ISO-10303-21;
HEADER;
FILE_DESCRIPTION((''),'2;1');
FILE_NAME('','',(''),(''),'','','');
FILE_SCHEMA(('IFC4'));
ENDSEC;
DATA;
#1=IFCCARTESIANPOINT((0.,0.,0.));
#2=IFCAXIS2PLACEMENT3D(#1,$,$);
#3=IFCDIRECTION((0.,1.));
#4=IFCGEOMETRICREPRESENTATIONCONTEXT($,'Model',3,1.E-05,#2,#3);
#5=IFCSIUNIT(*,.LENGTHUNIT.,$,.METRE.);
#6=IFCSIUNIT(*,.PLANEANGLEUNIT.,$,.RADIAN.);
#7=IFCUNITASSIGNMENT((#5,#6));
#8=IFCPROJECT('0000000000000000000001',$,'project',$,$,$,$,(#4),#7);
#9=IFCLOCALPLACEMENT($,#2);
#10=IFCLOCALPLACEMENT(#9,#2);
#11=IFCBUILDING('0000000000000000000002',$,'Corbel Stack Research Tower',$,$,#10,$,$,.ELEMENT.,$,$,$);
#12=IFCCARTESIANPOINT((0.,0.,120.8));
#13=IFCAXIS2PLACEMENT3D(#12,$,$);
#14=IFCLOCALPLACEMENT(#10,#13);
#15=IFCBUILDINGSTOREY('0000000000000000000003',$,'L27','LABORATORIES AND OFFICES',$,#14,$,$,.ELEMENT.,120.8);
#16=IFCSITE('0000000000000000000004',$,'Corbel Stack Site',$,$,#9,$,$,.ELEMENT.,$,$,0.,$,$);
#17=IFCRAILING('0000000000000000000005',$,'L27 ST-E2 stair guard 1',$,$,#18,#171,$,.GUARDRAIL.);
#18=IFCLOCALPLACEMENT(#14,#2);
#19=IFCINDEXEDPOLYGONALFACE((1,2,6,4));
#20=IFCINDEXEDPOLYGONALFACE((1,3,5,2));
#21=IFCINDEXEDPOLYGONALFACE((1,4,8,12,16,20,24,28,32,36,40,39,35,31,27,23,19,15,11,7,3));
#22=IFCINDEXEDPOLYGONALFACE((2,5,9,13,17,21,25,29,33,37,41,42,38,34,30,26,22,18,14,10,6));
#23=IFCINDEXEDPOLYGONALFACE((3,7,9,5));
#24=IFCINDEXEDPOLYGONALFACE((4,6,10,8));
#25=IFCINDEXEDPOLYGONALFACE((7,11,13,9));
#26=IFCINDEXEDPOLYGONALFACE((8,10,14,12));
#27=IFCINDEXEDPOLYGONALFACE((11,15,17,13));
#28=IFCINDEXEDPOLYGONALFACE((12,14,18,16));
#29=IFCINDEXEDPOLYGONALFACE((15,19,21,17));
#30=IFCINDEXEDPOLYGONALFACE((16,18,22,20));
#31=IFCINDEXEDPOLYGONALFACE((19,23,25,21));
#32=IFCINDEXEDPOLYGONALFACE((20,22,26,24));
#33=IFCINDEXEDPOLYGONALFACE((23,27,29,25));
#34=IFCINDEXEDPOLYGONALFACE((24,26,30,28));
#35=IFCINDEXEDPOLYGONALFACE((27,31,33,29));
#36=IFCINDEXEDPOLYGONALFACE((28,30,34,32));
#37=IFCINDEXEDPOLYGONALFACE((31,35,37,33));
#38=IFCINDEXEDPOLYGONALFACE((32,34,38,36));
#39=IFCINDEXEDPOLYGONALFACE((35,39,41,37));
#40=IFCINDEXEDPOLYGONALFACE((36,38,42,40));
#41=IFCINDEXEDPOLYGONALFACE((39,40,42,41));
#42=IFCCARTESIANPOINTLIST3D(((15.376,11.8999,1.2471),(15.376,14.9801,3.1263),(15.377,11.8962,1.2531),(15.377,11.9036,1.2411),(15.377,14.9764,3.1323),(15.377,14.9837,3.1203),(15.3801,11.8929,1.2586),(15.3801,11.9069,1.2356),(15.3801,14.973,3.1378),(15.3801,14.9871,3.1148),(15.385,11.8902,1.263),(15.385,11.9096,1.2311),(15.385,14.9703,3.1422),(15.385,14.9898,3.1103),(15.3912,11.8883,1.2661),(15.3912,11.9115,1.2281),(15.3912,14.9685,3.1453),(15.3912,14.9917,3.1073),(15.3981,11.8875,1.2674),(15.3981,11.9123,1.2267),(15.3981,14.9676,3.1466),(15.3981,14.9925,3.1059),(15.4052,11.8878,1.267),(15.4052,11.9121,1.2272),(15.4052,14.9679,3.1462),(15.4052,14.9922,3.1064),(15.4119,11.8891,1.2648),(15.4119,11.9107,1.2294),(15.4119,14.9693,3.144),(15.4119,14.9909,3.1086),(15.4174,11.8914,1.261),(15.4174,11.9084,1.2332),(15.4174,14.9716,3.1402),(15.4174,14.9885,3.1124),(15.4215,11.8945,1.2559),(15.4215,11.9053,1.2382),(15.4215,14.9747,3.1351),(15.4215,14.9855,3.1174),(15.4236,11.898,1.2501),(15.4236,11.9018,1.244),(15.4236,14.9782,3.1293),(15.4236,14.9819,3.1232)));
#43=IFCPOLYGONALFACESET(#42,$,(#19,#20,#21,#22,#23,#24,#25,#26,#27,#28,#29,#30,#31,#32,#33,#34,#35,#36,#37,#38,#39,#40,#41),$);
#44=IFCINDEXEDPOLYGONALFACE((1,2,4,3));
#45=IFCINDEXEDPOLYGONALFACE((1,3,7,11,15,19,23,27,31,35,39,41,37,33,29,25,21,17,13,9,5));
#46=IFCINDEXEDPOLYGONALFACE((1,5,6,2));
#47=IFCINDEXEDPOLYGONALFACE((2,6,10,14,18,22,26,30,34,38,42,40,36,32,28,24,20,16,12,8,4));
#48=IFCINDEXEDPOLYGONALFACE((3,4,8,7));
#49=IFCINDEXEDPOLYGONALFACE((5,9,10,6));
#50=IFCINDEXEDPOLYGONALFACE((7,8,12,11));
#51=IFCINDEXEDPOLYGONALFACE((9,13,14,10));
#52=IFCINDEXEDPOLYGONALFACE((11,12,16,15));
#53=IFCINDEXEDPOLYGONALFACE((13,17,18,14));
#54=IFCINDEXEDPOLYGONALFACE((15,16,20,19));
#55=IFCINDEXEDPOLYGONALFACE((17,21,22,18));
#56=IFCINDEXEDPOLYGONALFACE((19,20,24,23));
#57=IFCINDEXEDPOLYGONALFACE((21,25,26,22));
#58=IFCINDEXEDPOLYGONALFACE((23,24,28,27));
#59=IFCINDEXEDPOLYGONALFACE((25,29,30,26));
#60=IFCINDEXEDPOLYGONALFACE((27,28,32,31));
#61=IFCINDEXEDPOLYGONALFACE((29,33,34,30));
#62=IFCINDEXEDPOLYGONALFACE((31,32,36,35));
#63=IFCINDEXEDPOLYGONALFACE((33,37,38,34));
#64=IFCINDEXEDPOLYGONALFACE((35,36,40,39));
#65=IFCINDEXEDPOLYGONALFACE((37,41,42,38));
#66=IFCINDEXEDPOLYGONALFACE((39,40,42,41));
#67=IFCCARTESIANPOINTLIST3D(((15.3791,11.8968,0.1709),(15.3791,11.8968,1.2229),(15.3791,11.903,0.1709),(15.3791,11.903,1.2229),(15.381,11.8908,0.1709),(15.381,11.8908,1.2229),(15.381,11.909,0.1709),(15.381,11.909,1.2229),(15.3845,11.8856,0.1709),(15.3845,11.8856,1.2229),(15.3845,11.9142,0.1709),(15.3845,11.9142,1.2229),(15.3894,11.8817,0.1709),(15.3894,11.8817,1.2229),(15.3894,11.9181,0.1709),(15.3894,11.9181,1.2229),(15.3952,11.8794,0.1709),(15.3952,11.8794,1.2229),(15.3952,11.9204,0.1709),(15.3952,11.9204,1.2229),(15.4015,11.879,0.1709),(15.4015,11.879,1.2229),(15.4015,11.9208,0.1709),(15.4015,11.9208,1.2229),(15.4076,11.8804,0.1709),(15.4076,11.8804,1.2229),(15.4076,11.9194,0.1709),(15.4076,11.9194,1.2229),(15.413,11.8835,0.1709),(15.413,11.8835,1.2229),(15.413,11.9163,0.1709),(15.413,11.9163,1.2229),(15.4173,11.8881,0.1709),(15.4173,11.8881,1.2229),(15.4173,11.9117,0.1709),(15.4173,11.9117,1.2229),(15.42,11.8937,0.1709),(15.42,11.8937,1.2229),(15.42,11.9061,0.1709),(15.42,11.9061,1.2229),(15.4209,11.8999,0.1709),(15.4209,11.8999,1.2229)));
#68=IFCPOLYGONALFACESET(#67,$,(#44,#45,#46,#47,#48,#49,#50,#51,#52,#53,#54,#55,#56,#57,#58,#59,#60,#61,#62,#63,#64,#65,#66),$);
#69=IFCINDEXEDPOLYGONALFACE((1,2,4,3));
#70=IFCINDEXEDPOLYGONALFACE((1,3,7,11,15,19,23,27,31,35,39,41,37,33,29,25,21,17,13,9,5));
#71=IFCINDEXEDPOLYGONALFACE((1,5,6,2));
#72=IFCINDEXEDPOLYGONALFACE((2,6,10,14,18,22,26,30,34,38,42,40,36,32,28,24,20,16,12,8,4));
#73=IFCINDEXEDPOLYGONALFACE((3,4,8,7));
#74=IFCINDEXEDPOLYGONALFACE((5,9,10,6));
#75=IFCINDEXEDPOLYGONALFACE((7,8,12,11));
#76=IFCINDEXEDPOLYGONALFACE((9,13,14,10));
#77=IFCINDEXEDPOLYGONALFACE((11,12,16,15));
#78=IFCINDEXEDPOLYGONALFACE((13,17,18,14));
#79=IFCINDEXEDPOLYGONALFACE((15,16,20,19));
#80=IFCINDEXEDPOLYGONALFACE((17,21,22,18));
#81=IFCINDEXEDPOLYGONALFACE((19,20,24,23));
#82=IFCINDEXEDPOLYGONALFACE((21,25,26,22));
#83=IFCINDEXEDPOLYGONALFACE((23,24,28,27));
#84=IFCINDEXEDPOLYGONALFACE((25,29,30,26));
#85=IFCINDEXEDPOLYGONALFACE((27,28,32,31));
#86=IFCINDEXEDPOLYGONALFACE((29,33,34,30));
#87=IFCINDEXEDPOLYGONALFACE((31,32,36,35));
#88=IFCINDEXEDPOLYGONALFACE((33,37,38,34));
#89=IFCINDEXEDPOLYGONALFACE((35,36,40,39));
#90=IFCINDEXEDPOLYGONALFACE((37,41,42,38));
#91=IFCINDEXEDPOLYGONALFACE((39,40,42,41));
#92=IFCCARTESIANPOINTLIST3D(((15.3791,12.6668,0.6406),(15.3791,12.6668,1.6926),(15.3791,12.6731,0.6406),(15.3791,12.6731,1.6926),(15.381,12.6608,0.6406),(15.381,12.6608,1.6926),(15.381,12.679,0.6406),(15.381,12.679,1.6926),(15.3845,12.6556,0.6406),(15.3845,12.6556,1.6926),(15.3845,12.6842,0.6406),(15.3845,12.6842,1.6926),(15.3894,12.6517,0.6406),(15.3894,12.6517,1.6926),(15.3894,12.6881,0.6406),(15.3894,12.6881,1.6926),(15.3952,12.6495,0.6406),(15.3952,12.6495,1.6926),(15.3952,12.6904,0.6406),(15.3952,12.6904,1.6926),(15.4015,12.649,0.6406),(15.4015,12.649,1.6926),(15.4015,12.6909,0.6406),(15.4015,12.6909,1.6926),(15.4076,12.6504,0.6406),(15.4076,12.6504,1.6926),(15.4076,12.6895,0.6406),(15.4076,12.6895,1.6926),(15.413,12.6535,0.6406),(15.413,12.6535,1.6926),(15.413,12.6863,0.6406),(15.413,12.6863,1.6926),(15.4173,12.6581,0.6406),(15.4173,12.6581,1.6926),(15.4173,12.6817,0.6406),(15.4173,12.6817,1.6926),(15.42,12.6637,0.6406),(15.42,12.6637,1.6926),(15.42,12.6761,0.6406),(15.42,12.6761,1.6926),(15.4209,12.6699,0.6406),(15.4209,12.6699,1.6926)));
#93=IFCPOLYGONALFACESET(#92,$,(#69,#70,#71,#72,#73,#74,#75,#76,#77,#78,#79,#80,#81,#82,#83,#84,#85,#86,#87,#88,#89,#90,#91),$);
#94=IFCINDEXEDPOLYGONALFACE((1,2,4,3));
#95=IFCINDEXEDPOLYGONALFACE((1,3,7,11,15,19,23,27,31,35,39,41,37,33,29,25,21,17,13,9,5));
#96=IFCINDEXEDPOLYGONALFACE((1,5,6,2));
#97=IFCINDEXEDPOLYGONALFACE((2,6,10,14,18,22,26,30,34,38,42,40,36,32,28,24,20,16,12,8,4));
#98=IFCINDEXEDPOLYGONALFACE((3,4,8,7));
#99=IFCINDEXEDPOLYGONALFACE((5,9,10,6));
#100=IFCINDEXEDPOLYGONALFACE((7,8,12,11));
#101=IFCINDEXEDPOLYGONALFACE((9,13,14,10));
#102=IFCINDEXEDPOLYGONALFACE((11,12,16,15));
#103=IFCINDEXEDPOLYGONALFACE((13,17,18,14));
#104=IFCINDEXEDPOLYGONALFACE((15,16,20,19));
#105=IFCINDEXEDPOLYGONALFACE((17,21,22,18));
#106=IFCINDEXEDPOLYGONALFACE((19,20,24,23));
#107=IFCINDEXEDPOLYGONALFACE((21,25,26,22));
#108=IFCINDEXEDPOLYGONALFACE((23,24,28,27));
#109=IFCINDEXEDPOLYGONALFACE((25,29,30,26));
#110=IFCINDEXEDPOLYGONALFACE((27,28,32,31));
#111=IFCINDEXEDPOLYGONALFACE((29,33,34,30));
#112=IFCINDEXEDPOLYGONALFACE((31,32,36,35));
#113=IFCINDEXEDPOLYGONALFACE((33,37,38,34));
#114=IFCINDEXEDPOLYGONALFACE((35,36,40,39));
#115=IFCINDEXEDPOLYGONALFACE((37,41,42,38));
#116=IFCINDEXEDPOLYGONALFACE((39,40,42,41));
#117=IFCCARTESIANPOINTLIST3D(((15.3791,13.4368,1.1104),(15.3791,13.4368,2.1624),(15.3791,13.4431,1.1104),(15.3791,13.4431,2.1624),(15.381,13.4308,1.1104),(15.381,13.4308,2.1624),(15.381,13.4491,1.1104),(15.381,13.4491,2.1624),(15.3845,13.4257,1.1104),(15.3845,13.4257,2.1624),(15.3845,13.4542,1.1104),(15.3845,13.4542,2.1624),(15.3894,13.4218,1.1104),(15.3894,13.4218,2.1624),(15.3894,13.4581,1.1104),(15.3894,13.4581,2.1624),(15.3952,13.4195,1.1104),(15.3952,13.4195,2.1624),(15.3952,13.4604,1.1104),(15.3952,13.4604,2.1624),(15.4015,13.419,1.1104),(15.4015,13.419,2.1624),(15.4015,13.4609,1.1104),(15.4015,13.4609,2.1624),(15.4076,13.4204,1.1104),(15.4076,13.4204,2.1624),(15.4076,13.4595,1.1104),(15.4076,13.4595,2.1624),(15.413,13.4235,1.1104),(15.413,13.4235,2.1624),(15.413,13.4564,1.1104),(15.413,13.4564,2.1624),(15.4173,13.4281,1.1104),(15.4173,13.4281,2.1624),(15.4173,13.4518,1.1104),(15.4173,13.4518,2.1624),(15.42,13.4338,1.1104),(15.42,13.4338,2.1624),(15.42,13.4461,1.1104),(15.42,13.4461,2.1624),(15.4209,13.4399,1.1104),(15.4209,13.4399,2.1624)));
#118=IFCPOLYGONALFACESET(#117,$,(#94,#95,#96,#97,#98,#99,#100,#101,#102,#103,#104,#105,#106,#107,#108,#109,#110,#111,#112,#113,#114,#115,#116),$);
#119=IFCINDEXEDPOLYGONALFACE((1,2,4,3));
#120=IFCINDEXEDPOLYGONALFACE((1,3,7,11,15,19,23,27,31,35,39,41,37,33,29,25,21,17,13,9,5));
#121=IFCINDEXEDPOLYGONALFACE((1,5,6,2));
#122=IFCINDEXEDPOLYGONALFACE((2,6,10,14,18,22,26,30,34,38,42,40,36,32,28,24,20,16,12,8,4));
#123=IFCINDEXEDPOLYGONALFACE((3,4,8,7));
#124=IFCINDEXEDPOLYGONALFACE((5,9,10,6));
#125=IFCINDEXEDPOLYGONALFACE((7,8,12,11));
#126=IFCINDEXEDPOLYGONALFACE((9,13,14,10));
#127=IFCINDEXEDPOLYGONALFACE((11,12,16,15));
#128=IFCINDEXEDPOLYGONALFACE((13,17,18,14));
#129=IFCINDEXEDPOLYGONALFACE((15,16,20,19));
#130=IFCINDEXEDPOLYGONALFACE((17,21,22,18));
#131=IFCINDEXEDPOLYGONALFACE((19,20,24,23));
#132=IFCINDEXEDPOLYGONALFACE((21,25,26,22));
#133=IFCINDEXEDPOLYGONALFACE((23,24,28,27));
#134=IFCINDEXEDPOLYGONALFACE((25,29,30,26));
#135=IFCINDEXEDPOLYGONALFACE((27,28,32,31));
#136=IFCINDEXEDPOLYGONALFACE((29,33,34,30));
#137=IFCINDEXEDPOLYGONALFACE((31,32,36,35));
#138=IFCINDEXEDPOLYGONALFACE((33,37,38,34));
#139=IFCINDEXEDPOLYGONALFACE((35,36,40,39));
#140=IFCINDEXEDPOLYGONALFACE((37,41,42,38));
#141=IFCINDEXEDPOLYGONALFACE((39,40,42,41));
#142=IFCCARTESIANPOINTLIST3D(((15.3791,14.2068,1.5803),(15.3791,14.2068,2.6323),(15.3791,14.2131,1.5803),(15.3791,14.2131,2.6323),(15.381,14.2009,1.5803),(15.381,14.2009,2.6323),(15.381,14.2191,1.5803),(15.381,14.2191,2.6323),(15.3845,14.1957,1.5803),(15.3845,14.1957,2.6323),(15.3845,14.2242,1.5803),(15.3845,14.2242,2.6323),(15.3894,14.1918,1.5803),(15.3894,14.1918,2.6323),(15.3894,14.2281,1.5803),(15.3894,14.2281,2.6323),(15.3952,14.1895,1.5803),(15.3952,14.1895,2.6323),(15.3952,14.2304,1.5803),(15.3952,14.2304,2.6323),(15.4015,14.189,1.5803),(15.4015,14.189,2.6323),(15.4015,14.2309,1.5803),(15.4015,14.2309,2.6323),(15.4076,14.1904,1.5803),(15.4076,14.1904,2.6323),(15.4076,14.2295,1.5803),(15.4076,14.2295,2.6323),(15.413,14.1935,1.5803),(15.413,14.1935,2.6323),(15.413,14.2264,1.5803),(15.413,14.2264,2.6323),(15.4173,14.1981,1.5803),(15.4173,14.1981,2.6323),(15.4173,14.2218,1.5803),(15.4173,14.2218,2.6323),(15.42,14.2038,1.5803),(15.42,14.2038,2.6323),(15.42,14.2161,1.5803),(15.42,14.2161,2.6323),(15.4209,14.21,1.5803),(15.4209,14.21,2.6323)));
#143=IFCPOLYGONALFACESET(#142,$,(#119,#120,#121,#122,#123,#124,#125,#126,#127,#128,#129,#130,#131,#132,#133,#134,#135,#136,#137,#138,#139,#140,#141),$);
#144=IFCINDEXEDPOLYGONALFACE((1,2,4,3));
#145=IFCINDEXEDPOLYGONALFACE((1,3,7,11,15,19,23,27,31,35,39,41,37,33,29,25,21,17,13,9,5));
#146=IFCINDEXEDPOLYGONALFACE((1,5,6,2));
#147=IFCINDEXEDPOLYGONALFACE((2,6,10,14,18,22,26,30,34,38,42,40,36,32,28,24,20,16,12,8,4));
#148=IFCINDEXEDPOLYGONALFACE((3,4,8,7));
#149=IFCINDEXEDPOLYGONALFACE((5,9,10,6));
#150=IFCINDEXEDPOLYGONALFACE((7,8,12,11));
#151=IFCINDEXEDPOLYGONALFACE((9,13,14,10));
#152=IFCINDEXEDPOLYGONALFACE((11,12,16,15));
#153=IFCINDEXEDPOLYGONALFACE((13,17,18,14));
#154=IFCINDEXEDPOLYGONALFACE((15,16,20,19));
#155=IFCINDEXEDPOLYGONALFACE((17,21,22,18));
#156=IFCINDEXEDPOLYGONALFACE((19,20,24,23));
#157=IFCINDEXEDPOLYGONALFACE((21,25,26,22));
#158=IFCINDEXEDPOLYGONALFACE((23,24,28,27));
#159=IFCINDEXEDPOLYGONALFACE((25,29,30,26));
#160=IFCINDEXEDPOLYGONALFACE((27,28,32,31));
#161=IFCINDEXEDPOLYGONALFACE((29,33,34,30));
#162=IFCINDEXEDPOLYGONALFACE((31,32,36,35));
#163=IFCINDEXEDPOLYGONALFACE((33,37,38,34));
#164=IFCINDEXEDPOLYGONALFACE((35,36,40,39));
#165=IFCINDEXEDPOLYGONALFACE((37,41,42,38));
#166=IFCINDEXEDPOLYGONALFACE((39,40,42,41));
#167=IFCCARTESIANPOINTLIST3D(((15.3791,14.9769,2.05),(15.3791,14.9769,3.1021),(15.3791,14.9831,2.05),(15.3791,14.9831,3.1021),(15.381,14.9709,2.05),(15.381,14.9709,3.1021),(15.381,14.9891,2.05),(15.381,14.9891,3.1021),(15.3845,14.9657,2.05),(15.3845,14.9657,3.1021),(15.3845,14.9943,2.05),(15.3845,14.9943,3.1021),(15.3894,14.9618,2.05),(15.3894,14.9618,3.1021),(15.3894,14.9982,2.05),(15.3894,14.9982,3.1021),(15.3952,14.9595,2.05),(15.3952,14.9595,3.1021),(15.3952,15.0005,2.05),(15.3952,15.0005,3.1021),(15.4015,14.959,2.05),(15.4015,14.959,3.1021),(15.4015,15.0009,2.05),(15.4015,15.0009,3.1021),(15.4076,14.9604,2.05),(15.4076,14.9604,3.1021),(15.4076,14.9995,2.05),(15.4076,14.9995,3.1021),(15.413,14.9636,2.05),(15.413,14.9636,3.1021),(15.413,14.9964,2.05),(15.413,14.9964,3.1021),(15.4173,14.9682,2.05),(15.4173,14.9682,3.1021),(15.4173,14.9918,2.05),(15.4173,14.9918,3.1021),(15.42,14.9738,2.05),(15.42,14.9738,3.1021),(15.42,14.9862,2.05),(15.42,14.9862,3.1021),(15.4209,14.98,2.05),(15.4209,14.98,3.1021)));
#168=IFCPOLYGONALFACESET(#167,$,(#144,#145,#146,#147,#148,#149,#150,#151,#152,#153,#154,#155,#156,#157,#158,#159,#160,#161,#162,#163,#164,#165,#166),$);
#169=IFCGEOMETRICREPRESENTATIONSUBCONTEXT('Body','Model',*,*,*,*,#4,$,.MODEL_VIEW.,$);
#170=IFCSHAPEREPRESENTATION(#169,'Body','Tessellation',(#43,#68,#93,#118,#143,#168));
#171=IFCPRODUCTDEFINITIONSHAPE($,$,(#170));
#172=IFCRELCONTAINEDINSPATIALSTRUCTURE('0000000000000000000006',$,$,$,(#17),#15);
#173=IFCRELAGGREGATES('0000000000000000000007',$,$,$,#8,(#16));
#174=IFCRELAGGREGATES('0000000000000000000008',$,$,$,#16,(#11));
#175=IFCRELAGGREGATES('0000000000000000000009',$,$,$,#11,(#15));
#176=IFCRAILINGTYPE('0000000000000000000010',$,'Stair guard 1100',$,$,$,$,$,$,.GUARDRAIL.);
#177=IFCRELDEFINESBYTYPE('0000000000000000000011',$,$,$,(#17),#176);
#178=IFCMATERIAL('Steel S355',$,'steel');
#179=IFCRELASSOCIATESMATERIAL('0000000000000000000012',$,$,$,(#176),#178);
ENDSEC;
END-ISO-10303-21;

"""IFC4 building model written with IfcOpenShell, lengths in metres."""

from ifc_helpers import new_model, si_unit, direction, frame, origin, origin_2d, place, context, subcontext, project, spatial, circle, extrude, material, type_object, element, save


model = new_model("IFC4")

# Units and contexts
model_context = context("Model", 3, precision=1e-05, world=origin(), true_north=direction((0.0, 1.0)))
body_context = subcontext(model_context, "Body", "Model", "MODEL_VIEW")
ifc_project = project(units=[si_unit("LENGTHUNIT", "METRE"), si_unit("PLANEANGLEUNIT", "RADIAN")], contexts=[model_context])

# Site, building, storey
site_placement = place(None, origin())
site = spatial("IfcSite", under=ifc_project, at=site_placement, Name="Corbel Stack Site", CompositionType="ELEMENT", RefElevation=0.0)
building_placement = place(site_placement, origin())
building = spatial("IfcBuilding", under=site, at=building_placement, Name="Corbel Stack Research Tower", CompositionType="ELEMENT")
storey_placement = place(building_placement, frame((0.0, 0.0, 120.8)))
storey = spatial("IfcBuildingStorey", under=building, at=storey_placement, Name="L27", Description="LABORATORIES AND OFFICES", CompositionType="ELEMENT", Elevation=120.8)

# Railing
ifc_material_1 = material(Name="Steel S355", Category="steel")
railing_type_1 = type_object("IfcRailingType", Name="Stair guard 1100", PredefinedType="GUARDRAIL", material=ifc_material_1)
railing_1_placement = place(storey_placement, frame((15.3999, 11.8999, 0.1709)))
element("IfcRailing", 1, at=railing_1_placement, inside=storey, type_object=railing_type_1, Name="L27 ST-E2 stair guard 1", PredefinedType="GUARDRAIL", context=body_context, shape_type="SweptSolid", body=[
    extrude(circle(Radius=0.0239, at=origin_2d()), frame((0.0, 0.0, 1.0762), z_axis=(0.0, 0.853666, 0.52082), x_axis=(-1.0, 0.0, 0.0)), (0.0, 0.0, 1.0), 3.6082),
    extrude(circle(Radius=0.021, at=origin_2d()), origin(), (0.0, 0.0, 1.0), 1.052),
    extrude(circle(Radius=0.021, at=origin_2d()), frame((0.0, 0.77, 0.4697)), (0.0, 0.0, 1.0), 1.052),
    extrude(circle(Radius=0.021, at=origin_2d()), frame((0.0, 1.54, 0.9395)), (0.0, 0.0, 1.0), 1.052),
    extrude(circle(Radius=0.021, at=origin_2d()), frame((0.0, 2.3101, 1.4094)), (0.0, 0.0, 1.0), 1.052),
    extrude(circle(Radius=0.021, at=origin_2d()), frame((0.0, 3.0801, 1.8792)), (0.0, 0.0, 1.0), 1.052),
])

save(model, "model.ifc")
